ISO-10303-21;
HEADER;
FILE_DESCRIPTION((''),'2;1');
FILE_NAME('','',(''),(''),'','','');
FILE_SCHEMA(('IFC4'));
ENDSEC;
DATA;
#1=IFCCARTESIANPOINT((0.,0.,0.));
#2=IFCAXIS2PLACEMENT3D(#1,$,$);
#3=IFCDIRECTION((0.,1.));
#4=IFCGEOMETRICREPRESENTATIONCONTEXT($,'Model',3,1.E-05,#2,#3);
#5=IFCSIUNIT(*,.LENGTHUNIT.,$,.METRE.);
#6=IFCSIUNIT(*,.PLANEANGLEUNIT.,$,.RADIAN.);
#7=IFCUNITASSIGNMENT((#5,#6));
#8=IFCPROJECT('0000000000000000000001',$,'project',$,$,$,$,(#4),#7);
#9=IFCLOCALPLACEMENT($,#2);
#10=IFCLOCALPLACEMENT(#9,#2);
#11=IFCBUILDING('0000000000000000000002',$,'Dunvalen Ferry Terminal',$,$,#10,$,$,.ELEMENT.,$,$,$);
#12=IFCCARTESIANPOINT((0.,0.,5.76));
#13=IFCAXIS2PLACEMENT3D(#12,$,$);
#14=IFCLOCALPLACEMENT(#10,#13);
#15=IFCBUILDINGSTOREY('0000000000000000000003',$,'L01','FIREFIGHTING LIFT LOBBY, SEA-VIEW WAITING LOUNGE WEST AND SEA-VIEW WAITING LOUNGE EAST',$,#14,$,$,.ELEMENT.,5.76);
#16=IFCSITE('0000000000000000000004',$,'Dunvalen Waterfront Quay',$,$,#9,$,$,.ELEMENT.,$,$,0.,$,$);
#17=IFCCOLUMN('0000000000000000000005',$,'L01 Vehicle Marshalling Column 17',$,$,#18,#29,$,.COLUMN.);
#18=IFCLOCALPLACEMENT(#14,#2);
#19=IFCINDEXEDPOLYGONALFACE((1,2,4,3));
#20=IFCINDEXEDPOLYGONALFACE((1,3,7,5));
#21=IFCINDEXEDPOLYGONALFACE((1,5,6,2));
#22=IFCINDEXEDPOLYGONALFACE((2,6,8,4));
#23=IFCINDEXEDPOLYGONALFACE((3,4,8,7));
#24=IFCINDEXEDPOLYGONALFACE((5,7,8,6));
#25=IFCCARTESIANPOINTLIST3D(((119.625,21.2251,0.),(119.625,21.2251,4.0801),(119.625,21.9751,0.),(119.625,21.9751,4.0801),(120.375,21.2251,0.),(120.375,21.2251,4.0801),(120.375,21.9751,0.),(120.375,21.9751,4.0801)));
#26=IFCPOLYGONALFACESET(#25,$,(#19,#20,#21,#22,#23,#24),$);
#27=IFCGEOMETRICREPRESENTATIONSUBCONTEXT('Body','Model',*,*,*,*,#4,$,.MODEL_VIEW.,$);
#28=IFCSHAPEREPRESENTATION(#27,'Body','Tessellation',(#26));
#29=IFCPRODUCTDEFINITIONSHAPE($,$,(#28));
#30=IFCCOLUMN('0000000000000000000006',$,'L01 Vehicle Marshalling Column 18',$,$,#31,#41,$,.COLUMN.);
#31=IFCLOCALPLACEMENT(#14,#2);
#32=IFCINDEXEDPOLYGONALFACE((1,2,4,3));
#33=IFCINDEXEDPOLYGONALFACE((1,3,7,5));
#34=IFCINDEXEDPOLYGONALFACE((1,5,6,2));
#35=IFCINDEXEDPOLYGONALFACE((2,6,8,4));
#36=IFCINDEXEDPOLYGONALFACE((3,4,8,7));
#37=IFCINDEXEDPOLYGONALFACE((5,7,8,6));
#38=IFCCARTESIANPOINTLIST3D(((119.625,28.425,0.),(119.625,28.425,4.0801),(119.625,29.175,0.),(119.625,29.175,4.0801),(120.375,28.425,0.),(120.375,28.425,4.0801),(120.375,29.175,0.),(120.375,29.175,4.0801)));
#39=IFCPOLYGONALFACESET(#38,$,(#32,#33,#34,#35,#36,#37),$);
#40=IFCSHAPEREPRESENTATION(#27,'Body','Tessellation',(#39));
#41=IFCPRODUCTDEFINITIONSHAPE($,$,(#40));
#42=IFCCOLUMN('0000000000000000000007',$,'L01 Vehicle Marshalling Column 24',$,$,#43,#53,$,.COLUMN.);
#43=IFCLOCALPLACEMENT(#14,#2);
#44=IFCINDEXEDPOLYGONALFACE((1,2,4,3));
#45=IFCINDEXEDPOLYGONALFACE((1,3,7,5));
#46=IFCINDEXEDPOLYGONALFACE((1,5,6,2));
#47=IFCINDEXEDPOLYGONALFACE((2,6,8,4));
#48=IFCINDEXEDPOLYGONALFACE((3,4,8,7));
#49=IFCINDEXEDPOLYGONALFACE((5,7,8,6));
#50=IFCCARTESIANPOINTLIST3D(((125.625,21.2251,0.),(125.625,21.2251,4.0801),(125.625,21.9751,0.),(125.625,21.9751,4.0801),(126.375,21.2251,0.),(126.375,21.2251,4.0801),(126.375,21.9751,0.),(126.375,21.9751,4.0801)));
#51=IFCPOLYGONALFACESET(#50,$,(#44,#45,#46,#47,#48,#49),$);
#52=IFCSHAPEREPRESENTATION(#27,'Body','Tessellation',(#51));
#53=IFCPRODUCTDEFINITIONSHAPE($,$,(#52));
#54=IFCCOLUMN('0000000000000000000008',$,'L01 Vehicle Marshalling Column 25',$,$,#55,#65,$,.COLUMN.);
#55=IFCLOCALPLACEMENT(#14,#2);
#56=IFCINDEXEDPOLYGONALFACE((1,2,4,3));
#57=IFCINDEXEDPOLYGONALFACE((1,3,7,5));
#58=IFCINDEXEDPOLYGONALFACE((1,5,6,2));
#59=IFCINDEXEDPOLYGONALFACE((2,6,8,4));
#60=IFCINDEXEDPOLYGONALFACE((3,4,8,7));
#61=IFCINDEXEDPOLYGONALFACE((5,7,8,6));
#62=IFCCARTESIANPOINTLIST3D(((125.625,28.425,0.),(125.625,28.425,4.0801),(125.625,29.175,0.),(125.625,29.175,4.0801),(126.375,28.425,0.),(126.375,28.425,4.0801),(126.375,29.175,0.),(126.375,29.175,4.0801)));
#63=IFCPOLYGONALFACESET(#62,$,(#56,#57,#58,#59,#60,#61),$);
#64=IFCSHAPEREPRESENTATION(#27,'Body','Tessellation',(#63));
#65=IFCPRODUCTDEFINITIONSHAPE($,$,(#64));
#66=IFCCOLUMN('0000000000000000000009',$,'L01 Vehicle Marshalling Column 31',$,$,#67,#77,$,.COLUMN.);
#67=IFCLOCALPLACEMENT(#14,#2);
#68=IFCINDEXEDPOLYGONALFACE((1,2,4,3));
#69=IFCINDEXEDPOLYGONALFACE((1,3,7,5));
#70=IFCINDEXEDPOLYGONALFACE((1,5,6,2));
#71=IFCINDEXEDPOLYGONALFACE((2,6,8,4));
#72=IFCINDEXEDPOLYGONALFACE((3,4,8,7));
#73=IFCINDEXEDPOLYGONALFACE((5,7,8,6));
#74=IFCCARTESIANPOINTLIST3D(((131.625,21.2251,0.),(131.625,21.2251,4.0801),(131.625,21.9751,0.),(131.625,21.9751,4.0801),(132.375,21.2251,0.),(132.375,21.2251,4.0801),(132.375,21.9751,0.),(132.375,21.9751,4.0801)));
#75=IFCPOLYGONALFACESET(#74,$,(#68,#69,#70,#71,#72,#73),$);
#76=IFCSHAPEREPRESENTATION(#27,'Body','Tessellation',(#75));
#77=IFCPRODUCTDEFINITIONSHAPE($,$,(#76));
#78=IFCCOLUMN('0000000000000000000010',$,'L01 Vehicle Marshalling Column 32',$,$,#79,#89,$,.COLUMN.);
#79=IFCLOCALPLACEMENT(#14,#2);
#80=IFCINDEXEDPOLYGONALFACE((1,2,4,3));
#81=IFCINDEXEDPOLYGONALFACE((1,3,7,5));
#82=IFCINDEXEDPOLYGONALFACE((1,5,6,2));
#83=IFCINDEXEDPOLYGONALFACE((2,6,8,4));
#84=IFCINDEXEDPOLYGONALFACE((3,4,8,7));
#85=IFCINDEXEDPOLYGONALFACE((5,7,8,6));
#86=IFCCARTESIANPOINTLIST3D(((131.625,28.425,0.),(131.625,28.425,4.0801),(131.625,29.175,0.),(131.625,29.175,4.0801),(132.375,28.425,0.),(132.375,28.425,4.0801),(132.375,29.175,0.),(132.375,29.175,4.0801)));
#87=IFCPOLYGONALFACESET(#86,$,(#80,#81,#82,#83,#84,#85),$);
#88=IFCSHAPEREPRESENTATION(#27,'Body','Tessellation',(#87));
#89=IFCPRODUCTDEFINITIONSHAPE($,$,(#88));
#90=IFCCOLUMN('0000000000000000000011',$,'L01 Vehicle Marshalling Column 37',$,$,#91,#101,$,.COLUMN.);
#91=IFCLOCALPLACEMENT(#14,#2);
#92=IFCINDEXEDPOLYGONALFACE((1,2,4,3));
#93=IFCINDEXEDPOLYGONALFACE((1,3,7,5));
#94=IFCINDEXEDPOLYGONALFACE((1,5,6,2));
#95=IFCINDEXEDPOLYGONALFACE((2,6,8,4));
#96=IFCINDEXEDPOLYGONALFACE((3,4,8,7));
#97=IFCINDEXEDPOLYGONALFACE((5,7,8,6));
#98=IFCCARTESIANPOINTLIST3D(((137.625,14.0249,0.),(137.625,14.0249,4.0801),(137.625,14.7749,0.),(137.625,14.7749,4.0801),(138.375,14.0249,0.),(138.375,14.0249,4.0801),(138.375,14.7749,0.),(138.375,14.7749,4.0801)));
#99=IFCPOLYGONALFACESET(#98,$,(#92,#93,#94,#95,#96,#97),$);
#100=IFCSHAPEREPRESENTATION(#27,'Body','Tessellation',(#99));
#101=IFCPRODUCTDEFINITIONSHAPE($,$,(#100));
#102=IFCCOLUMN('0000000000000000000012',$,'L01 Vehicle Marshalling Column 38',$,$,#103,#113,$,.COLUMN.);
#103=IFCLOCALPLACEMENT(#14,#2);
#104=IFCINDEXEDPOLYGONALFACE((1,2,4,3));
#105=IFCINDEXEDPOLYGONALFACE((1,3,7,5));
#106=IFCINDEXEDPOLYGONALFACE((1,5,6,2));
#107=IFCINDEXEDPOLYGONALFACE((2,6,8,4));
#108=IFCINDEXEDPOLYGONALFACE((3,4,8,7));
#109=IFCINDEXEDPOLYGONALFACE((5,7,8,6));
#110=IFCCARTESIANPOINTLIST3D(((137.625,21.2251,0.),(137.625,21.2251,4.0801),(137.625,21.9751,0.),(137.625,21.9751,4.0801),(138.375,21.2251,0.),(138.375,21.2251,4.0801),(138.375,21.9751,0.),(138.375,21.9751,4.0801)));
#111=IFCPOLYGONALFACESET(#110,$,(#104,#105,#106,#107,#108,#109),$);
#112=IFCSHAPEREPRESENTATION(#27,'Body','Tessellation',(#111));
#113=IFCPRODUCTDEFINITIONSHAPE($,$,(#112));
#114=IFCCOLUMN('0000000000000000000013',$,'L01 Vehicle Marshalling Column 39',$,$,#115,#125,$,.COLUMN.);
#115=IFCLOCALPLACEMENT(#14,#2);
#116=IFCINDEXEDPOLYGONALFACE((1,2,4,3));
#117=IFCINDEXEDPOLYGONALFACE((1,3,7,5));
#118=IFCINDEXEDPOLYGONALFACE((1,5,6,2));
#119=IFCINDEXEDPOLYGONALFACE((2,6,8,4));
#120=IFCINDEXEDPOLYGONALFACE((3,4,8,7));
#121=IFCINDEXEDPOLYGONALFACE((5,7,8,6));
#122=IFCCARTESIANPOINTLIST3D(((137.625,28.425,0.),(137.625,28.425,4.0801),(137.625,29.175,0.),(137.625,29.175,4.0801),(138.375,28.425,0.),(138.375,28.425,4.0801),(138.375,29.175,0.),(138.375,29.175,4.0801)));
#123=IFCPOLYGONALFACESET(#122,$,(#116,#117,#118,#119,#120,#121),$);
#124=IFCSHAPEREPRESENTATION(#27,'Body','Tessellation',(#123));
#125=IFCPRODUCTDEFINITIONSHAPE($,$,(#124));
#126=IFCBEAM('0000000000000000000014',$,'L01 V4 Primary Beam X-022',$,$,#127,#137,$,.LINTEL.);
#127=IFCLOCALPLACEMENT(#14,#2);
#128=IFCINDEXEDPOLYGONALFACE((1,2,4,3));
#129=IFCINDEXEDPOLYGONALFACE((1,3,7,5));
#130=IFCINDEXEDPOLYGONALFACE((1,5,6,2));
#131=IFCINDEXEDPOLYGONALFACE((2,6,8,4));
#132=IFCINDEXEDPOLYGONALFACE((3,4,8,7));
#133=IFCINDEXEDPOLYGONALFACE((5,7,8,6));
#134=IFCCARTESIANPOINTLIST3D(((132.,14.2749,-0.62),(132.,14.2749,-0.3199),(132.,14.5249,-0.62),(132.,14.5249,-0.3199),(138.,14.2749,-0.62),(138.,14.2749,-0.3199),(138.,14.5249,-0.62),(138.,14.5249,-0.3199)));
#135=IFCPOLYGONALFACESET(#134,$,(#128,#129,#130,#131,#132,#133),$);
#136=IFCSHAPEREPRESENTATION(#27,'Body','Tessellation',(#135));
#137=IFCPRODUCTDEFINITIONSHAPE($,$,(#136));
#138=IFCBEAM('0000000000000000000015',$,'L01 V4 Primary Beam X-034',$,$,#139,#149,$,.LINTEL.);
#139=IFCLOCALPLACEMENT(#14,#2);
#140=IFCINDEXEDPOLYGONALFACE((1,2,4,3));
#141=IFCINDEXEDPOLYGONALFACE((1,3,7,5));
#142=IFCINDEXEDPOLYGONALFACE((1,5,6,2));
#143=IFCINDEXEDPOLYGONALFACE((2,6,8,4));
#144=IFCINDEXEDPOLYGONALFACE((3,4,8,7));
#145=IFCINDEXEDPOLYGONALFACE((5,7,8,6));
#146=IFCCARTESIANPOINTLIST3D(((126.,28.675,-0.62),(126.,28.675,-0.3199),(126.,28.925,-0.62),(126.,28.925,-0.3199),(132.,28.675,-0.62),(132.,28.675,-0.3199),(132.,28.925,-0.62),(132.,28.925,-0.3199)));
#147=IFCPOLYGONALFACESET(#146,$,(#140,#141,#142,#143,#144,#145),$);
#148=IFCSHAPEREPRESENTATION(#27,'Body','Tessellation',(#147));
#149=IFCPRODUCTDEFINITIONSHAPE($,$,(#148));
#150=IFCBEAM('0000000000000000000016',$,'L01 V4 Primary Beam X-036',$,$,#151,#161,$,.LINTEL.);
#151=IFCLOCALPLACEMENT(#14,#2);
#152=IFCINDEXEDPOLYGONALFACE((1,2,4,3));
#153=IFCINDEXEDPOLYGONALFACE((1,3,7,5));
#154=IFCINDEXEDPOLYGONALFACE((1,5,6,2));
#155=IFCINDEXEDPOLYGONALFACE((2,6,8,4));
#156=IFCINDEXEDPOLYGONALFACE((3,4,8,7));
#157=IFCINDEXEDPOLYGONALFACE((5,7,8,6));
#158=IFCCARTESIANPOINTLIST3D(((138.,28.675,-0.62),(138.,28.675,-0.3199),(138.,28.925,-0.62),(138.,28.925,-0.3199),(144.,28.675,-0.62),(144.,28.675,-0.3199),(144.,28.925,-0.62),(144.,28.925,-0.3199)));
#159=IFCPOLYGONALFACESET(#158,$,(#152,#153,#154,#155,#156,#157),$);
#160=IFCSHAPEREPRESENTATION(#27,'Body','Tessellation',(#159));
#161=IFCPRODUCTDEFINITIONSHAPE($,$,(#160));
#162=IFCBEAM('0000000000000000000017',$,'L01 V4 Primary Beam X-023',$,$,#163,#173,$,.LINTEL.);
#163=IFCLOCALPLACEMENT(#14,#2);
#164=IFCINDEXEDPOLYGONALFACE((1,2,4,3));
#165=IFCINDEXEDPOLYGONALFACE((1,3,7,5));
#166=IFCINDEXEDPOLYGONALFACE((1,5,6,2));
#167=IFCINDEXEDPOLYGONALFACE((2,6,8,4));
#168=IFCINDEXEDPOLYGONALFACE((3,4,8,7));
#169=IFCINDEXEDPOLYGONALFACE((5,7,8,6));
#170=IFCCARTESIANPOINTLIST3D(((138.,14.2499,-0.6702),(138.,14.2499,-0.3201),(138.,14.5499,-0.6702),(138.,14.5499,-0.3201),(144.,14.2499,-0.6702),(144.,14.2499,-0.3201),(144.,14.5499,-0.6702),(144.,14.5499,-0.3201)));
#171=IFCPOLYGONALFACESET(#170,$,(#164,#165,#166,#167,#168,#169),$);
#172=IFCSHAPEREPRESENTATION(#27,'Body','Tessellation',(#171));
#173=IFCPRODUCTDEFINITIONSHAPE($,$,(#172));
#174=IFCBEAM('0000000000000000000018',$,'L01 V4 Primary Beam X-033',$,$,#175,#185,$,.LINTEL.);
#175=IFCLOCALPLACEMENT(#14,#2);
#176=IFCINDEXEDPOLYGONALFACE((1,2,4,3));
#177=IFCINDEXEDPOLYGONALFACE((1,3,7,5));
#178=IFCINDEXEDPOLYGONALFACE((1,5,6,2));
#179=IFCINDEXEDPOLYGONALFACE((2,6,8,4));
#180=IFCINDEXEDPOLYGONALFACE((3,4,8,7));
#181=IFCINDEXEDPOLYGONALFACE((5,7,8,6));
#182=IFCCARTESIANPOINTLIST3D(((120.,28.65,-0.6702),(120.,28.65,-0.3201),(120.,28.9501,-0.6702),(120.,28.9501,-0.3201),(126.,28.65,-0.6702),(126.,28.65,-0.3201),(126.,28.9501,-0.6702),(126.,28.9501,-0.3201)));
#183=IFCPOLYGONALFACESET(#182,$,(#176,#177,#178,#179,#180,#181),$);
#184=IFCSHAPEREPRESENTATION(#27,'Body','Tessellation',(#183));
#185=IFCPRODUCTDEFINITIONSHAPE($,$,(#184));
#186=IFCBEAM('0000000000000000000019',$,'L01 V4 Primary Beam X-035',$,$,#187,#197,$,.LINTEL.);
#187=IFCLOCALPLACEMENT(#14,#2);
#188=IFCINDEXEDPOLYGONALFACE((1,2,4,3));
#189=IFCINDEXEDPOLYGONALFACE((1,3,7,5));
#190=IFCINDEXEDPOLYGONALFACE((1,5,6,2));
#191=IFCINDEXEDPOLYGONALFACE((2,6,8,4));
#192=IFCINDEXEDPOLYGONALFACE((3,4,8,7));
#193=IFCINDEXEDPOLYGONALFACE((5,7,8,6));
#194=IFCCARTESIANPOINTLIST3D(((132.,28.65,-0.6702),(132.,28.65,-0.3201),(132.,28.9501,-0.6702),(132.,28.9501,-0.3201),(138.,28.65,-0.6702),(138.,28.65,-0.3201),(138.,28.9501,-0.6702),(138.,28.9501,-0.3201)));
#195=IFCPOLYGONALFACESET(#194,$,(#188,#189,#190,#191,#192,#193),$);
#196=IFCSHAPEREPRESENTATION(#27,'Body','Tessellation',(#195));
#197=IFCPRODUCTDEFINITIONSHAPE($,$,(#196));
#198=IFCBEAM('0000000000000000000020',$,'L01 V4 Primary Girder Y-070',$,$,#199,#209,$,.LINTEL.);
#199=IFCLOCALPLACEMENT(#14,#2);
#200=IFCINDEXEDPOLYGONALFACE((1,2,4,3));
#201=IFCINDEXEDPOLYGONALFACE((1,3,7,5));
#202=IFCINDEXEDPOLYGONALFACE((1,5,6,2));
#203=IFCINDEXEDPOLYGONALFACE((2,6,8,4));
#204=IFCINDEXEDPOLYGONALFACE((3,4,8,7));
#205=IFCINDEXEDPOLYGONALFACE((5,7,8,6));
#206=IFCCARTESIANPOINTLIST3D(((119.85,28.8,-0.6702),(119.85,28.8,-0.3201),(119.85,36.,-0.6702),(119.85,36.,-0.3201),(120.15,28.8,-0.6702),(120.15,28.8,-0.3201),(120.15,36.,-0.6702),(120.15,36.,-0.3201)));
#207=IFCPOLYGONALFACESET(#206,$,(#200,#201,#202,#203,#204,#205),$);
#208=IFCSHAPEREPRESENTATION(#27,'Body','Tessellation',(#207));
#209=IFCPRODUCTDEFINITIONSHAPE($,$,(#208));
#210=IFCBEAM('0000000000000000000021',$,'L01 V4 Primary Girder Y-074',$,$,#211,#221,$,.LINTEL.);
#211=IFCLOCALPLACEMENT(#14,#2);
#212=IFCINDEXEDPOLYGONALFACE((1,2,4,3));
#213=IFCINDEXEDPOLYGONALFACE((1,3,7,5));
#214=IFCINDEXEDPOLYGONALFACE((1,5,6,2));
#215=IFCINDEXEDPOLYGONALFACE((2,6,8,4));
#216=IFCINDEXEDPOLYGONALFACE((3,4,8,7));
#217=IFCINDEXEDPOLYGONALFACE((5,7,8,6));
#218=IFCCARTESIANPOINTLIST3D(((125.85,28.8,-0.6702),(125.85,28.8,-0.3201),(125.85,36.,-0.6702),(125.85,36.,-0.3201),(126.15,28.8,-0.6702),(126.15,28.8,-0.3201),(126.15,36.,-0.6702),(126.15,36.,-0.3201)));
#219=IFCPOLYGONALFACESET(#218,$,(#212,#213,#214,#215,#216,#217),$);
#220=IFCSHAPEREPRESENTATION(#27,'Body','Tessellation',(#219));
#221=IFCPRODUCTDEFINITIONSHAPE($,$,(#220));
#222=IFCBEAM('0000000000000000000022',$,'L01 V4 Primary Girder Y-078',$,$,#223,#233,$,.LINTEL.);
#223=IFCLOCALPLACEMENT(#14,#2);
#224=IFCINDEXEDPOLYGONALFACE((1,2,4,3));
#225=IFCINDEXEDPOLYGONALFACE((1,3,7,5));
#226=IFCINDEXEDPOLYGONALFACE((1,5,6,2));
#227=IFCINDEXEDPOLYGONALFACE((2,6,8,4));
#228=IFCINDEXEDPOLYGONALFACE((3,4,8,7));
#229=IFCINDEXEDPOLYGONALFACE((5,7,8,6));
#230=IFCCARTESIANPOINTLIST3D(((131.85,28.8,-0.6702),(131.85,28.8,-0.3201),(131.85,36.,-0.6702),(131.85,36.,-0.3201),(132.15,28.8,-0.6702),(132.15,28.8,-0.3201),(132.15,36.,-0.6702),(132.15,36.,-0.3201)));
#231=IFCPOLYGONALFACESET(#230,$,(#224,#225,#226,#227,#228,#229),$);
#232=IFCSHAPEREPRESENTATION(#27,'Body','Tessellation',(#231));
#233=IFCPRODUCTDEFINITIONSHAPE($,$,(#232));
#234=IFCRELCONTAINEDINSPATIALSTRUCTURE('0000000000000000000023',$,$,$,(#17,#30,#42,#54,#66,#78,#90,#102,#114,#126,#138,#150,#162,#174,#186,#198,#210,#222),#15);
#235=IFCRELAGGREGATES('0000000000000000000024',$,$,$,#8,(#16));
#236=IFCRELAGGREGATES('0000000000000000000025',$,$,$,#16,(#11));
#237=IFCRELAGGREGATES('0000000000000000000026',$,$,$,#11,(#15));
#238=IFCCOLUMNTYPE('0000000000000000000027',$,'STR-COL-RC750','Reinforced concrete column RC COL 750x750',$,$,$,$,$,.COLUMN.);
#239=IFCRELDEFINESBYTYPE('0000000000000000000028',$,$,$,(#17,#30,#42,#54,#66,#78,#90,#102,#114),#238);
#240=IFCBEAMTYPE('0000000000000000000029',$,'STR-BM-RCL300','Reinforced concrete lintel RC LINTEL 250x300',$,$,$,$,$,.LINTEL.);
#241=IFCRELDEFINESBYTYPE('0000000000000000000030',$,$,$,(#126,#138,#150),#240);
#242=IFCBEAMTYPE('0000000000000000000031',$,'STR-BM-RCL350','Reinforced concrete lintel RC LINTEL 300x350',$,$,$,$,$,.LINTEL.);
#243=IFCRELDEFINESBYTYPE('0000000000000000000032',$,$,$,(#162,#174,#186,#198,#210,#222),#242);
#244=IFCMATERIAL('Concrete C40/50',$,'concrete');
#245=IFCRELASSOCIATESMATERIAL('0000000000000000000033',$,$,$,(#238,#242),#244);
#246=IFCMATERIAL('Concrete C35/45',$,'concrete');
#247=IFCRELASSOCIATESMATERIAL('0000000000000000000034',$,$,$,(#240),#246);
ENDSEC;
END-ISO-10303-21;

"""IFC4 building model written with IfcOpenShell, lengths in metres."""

from ifc_helpers import new_model, si_unit, direction, frame, origin, origin_2d, place, context, subcontext, project, spatial, rectangle, extrude, material, material_profile, profile_set, type_object, element, save


model = new_model("IFC4")

# Units and contexts
model_context = context("Model", 3, precision=1e-05, world=origin(), true_north=direction((0.0, 1.0)))
body_context = subcontext(model_context, "Body", "Model", "MODEL_VIEW")
ifc_project = project(units=[si_unit("LENGTHUNIT", "METRE"), si_unit("PLANEANGLEUNIT", "RADIAN")], contexts=[model_context])

# Site, building, storey
site_placement = place(None, origin())
site = spatial("IfcSite", under=ifc_project, at=site_placement, Name="Dunvalen Waterfront Quay", CompositionType="ELEMENT", RefElevation=0.0)
building_placement = place(site_placement, origin())
building = spatial("IfcBuilding", under=site, at=building_placement, Name="Dunvalen Ferry Terminal", CompositionType="ELEMENT")
storey_placement = place(building_placement, frame((0.0, 0.0, 5.76)))
storey = spatial("IfcBuildingStorey", under=building, at=storey_placement, Name="L01", Description="FIREFIGHTING LIFT LOBBY, SEA-VIEW WAITING LOUNGE WEST AND SEA-VIEW WAITING LOUNGE EAST", CompositionType="ELEMENT", Elevation=5.76)

# Columns
ifc_material_1 = material(Name="Concrete C40/50", Category="concrete")
ifc_material_profile_1 = material_profile(ifc_material_1, rectangle(XDim=0.75, YDim=0.75, at=origin_2d()), Name="Concrete C40/50")
ifc_profile_set_1 = profile_set([ifc_material_profile_1], Name="Concrete C40/50")
column_type = type_object("IfcColumnType", Name="STR-COL-RC750", Description="Reinforced concrete column RC COL 750x750", PredefinedType="COLUMN", material=ifc_profile_set_1)
for number, where, z_axis, x_axis, name in (
    (1, (120.0, 21.6001, 0.0), (0.0, 0.0, 1.0), (1.0, 0.0, 0.0), "L01 Vehicle Marshalling Column 17"),
    (2, (120.0, 28.8, 0.0), (0.0, 0.0, 1.0), (1.0, 0.0, 0.0), "L01 Vehicle Marshalling Column 18"),
    (3, (126.0, 21.6001, 0.0), (0.0, 0.0, 1.0), (1.0, 0.0, 0.0), "L01 Vehicle Marshalling Column 24"),
    (4, (126.0, 28.8, 0.0), (0.0, 0.0, 1.0), (1.0, 0.0, 0.0), "L01 Vehicle Marshalling Column 25"),
    (5, (132.0, 21.6001, 0.0), (0.0, 0.0, 1.0), (1.0, 0.0, 0.0), "L01 Vehicle Marshalling Column 31"),
    (6, (132.0, 28.8, 0.0), (0.0, 0.0, 1.0), (1.0, 0.0, 0.0), "L01 Vehicle Marshalling Column 32"),
    (7, (138.0, 14.3999, 0.0), (0.0, 0.0, 1.0), (1.0, 0.0, 0.0), "L01 Vehicle Marshalling Column 37"),
    (8, (138.0, 21.6001, 0.0), (0.0, 0.0, 1.0), (1.0, 0.0, 0.0), "L01 Vehicle Marshalling Column 38"),
    (9, (138.0, 28.8, 0.0), (0.0, 0.0, 1.0), (1.0, 0.0, 0.0), "L01 Vehicle Marshalling Column 39"),
):
    element("IfcColumn", number, at=place(storey_placement, frame(where, z_axis=z_axis, x_axis=x_axis)), inside=storey, type_object=column_type, Name=name, PredefinedType="COLUMN", context=body_context, shape_type="SweptSolid", body=[
        extrude(rectangle(XDim=0.75, YDim=0.75, at=origin_2d()), origin(), (0.0, 0.0, 1.0), 4.0801),
    ])

# Beams
ifc_material_2 = material(Name="Concrete C35/45", Category="concrete")
ifc_material_profile_2 = material_profile(ifc_material_2, rectangle(XDim=0.25, YDim=0.3, at=origin_2d()), Name="Concrete C35/45")
ifc_profile_set_2 = profile_set([ifc_material_profile_2], Name="Concrete C35/45")
beam_type_1 = type_object("IfcBeamType", Name="STR-BM-RCL300", Description="Reinforced concrete lintel RC LINTEL 250x300", PredefinedType="LINTEL", material=ifc_profile_set_2)
for number, where, z_axis, x_axis, name in (
    (10, (132.0, 14.3999, -0.47), (1.0, 0.0, 0.0), (0.0, 1.0, 0.0), "L01 V4 Primary Beam X-022"),
    (11, (126.0, 28.8, -0.47), (1.0, 0.0, 0.0), (0.0, 1.0, 0.0), "L01 V4 Primary Beam X-034"),
    (12, (138.0, 28.8, -0.47), (1.0, 0.0, 0.0), (0.0, 1.0, 0.0), "L01 V4 Primary Beam X-036"),
):
    element("IfcBeam", number, at=place(storey_placement, frame(where, z_axis=z_axis, x_axis=x_axis)), inside=storey, type_object=beam_type_1, Name=name, PredefinedType="LINTEL", context=body_context, shape_type="SweptSolid", body=[
        extrude(rectangle(XDim=0.25, YDim=0.3, at=origin_2d()), origin(), (0.0, 0.0, 1.0), 6.0),
    ])
ifc_material_profile_3 = material_profile(ifc_material_1, rectangle(XDim=0.3, YDim=0.3501, at=origin_2d()), Name="Concrete C40/50")
ifc_profile_set_3 = profile_set([ifc_material_profile_3], Name="Concrete C40/50")
beam_type_2 = type_object("IfcBeamType", Name="STR-BM-RCL350", Description="Reinforced concrete lintel RC LINTEL 300x350", PredefinedType="LINTEL", material=ifc_profile_set_3)
for number, where, z_axis, x_axis, name in (
    (13, (138.0, 14.3999, -0.4951), (1.0, 0.0, 0.0), (0.0, 1.0, 0.0), "L01 V4 Primary Beam X-023"),
    (14, (120.0, 28.8, -0.4951), (1.0, 0.0, 0.0), (0.0, 1.0, 0.0), "L01 V4 Primary Beam X-033"),
    (15, (132.0, 28.8, -0.4951), (1.0, 0.0, 0.0), (0.0, 1.0, 0.0), "L01 V4 Primary Beam X-035"),
):
    element("IfcBeam", number, at=place(storey_placement, frame(where, z_axis=z_axis, x_axis=x_axis)), inside=storey, type_object=beam_type_2, Name=name, PredefinedType="LINTEL", context=body_context, shape_type="SweptSolid", body=[
        extrude(rectangle(XDim=0.3, YDim=0.3501, at=origin_2d()), origin(), (0.0, 0.0, 1.0), 6.0),
    ])
for number, where, z_axis, x_axis, name in (
    (16, (120.0, 28.8, -0.4951), (0.0, 1.0, 0.0), (-1.0, 0.0, 0.0), "L01 V4 Primary Girder Y-070"),
    (17, (126.0, 28.8, -0.4951), (0.0, 1.0, 0.0), (-1.0, 0.0, 0.0), "L01 V4 Primary Girder Y-074"),
    (18, (132.0, 28.8, -0.4951), (0.0, 1.0, 0.0), (-1.0, 0.0, 0.0), "L01 V4 Primary Girder Y-078"),
):
    element("IfcBeam", number, at=place(storey_placement, frame(where, z_axis=z_axis, x_axis=x_axis)), inside=storey, type_object=beam_type_2, Name=name, PredefinedType="LINTEL", context=body_context, shape_type="SweptSolid", body=[
        extrude(rectangle(XDim=0.3, YDim=0.3501, at=origin_2d()), origin(), (0.0, 0.0, 1.0), 7.2),
    ])

save(model, "model.ifc")
